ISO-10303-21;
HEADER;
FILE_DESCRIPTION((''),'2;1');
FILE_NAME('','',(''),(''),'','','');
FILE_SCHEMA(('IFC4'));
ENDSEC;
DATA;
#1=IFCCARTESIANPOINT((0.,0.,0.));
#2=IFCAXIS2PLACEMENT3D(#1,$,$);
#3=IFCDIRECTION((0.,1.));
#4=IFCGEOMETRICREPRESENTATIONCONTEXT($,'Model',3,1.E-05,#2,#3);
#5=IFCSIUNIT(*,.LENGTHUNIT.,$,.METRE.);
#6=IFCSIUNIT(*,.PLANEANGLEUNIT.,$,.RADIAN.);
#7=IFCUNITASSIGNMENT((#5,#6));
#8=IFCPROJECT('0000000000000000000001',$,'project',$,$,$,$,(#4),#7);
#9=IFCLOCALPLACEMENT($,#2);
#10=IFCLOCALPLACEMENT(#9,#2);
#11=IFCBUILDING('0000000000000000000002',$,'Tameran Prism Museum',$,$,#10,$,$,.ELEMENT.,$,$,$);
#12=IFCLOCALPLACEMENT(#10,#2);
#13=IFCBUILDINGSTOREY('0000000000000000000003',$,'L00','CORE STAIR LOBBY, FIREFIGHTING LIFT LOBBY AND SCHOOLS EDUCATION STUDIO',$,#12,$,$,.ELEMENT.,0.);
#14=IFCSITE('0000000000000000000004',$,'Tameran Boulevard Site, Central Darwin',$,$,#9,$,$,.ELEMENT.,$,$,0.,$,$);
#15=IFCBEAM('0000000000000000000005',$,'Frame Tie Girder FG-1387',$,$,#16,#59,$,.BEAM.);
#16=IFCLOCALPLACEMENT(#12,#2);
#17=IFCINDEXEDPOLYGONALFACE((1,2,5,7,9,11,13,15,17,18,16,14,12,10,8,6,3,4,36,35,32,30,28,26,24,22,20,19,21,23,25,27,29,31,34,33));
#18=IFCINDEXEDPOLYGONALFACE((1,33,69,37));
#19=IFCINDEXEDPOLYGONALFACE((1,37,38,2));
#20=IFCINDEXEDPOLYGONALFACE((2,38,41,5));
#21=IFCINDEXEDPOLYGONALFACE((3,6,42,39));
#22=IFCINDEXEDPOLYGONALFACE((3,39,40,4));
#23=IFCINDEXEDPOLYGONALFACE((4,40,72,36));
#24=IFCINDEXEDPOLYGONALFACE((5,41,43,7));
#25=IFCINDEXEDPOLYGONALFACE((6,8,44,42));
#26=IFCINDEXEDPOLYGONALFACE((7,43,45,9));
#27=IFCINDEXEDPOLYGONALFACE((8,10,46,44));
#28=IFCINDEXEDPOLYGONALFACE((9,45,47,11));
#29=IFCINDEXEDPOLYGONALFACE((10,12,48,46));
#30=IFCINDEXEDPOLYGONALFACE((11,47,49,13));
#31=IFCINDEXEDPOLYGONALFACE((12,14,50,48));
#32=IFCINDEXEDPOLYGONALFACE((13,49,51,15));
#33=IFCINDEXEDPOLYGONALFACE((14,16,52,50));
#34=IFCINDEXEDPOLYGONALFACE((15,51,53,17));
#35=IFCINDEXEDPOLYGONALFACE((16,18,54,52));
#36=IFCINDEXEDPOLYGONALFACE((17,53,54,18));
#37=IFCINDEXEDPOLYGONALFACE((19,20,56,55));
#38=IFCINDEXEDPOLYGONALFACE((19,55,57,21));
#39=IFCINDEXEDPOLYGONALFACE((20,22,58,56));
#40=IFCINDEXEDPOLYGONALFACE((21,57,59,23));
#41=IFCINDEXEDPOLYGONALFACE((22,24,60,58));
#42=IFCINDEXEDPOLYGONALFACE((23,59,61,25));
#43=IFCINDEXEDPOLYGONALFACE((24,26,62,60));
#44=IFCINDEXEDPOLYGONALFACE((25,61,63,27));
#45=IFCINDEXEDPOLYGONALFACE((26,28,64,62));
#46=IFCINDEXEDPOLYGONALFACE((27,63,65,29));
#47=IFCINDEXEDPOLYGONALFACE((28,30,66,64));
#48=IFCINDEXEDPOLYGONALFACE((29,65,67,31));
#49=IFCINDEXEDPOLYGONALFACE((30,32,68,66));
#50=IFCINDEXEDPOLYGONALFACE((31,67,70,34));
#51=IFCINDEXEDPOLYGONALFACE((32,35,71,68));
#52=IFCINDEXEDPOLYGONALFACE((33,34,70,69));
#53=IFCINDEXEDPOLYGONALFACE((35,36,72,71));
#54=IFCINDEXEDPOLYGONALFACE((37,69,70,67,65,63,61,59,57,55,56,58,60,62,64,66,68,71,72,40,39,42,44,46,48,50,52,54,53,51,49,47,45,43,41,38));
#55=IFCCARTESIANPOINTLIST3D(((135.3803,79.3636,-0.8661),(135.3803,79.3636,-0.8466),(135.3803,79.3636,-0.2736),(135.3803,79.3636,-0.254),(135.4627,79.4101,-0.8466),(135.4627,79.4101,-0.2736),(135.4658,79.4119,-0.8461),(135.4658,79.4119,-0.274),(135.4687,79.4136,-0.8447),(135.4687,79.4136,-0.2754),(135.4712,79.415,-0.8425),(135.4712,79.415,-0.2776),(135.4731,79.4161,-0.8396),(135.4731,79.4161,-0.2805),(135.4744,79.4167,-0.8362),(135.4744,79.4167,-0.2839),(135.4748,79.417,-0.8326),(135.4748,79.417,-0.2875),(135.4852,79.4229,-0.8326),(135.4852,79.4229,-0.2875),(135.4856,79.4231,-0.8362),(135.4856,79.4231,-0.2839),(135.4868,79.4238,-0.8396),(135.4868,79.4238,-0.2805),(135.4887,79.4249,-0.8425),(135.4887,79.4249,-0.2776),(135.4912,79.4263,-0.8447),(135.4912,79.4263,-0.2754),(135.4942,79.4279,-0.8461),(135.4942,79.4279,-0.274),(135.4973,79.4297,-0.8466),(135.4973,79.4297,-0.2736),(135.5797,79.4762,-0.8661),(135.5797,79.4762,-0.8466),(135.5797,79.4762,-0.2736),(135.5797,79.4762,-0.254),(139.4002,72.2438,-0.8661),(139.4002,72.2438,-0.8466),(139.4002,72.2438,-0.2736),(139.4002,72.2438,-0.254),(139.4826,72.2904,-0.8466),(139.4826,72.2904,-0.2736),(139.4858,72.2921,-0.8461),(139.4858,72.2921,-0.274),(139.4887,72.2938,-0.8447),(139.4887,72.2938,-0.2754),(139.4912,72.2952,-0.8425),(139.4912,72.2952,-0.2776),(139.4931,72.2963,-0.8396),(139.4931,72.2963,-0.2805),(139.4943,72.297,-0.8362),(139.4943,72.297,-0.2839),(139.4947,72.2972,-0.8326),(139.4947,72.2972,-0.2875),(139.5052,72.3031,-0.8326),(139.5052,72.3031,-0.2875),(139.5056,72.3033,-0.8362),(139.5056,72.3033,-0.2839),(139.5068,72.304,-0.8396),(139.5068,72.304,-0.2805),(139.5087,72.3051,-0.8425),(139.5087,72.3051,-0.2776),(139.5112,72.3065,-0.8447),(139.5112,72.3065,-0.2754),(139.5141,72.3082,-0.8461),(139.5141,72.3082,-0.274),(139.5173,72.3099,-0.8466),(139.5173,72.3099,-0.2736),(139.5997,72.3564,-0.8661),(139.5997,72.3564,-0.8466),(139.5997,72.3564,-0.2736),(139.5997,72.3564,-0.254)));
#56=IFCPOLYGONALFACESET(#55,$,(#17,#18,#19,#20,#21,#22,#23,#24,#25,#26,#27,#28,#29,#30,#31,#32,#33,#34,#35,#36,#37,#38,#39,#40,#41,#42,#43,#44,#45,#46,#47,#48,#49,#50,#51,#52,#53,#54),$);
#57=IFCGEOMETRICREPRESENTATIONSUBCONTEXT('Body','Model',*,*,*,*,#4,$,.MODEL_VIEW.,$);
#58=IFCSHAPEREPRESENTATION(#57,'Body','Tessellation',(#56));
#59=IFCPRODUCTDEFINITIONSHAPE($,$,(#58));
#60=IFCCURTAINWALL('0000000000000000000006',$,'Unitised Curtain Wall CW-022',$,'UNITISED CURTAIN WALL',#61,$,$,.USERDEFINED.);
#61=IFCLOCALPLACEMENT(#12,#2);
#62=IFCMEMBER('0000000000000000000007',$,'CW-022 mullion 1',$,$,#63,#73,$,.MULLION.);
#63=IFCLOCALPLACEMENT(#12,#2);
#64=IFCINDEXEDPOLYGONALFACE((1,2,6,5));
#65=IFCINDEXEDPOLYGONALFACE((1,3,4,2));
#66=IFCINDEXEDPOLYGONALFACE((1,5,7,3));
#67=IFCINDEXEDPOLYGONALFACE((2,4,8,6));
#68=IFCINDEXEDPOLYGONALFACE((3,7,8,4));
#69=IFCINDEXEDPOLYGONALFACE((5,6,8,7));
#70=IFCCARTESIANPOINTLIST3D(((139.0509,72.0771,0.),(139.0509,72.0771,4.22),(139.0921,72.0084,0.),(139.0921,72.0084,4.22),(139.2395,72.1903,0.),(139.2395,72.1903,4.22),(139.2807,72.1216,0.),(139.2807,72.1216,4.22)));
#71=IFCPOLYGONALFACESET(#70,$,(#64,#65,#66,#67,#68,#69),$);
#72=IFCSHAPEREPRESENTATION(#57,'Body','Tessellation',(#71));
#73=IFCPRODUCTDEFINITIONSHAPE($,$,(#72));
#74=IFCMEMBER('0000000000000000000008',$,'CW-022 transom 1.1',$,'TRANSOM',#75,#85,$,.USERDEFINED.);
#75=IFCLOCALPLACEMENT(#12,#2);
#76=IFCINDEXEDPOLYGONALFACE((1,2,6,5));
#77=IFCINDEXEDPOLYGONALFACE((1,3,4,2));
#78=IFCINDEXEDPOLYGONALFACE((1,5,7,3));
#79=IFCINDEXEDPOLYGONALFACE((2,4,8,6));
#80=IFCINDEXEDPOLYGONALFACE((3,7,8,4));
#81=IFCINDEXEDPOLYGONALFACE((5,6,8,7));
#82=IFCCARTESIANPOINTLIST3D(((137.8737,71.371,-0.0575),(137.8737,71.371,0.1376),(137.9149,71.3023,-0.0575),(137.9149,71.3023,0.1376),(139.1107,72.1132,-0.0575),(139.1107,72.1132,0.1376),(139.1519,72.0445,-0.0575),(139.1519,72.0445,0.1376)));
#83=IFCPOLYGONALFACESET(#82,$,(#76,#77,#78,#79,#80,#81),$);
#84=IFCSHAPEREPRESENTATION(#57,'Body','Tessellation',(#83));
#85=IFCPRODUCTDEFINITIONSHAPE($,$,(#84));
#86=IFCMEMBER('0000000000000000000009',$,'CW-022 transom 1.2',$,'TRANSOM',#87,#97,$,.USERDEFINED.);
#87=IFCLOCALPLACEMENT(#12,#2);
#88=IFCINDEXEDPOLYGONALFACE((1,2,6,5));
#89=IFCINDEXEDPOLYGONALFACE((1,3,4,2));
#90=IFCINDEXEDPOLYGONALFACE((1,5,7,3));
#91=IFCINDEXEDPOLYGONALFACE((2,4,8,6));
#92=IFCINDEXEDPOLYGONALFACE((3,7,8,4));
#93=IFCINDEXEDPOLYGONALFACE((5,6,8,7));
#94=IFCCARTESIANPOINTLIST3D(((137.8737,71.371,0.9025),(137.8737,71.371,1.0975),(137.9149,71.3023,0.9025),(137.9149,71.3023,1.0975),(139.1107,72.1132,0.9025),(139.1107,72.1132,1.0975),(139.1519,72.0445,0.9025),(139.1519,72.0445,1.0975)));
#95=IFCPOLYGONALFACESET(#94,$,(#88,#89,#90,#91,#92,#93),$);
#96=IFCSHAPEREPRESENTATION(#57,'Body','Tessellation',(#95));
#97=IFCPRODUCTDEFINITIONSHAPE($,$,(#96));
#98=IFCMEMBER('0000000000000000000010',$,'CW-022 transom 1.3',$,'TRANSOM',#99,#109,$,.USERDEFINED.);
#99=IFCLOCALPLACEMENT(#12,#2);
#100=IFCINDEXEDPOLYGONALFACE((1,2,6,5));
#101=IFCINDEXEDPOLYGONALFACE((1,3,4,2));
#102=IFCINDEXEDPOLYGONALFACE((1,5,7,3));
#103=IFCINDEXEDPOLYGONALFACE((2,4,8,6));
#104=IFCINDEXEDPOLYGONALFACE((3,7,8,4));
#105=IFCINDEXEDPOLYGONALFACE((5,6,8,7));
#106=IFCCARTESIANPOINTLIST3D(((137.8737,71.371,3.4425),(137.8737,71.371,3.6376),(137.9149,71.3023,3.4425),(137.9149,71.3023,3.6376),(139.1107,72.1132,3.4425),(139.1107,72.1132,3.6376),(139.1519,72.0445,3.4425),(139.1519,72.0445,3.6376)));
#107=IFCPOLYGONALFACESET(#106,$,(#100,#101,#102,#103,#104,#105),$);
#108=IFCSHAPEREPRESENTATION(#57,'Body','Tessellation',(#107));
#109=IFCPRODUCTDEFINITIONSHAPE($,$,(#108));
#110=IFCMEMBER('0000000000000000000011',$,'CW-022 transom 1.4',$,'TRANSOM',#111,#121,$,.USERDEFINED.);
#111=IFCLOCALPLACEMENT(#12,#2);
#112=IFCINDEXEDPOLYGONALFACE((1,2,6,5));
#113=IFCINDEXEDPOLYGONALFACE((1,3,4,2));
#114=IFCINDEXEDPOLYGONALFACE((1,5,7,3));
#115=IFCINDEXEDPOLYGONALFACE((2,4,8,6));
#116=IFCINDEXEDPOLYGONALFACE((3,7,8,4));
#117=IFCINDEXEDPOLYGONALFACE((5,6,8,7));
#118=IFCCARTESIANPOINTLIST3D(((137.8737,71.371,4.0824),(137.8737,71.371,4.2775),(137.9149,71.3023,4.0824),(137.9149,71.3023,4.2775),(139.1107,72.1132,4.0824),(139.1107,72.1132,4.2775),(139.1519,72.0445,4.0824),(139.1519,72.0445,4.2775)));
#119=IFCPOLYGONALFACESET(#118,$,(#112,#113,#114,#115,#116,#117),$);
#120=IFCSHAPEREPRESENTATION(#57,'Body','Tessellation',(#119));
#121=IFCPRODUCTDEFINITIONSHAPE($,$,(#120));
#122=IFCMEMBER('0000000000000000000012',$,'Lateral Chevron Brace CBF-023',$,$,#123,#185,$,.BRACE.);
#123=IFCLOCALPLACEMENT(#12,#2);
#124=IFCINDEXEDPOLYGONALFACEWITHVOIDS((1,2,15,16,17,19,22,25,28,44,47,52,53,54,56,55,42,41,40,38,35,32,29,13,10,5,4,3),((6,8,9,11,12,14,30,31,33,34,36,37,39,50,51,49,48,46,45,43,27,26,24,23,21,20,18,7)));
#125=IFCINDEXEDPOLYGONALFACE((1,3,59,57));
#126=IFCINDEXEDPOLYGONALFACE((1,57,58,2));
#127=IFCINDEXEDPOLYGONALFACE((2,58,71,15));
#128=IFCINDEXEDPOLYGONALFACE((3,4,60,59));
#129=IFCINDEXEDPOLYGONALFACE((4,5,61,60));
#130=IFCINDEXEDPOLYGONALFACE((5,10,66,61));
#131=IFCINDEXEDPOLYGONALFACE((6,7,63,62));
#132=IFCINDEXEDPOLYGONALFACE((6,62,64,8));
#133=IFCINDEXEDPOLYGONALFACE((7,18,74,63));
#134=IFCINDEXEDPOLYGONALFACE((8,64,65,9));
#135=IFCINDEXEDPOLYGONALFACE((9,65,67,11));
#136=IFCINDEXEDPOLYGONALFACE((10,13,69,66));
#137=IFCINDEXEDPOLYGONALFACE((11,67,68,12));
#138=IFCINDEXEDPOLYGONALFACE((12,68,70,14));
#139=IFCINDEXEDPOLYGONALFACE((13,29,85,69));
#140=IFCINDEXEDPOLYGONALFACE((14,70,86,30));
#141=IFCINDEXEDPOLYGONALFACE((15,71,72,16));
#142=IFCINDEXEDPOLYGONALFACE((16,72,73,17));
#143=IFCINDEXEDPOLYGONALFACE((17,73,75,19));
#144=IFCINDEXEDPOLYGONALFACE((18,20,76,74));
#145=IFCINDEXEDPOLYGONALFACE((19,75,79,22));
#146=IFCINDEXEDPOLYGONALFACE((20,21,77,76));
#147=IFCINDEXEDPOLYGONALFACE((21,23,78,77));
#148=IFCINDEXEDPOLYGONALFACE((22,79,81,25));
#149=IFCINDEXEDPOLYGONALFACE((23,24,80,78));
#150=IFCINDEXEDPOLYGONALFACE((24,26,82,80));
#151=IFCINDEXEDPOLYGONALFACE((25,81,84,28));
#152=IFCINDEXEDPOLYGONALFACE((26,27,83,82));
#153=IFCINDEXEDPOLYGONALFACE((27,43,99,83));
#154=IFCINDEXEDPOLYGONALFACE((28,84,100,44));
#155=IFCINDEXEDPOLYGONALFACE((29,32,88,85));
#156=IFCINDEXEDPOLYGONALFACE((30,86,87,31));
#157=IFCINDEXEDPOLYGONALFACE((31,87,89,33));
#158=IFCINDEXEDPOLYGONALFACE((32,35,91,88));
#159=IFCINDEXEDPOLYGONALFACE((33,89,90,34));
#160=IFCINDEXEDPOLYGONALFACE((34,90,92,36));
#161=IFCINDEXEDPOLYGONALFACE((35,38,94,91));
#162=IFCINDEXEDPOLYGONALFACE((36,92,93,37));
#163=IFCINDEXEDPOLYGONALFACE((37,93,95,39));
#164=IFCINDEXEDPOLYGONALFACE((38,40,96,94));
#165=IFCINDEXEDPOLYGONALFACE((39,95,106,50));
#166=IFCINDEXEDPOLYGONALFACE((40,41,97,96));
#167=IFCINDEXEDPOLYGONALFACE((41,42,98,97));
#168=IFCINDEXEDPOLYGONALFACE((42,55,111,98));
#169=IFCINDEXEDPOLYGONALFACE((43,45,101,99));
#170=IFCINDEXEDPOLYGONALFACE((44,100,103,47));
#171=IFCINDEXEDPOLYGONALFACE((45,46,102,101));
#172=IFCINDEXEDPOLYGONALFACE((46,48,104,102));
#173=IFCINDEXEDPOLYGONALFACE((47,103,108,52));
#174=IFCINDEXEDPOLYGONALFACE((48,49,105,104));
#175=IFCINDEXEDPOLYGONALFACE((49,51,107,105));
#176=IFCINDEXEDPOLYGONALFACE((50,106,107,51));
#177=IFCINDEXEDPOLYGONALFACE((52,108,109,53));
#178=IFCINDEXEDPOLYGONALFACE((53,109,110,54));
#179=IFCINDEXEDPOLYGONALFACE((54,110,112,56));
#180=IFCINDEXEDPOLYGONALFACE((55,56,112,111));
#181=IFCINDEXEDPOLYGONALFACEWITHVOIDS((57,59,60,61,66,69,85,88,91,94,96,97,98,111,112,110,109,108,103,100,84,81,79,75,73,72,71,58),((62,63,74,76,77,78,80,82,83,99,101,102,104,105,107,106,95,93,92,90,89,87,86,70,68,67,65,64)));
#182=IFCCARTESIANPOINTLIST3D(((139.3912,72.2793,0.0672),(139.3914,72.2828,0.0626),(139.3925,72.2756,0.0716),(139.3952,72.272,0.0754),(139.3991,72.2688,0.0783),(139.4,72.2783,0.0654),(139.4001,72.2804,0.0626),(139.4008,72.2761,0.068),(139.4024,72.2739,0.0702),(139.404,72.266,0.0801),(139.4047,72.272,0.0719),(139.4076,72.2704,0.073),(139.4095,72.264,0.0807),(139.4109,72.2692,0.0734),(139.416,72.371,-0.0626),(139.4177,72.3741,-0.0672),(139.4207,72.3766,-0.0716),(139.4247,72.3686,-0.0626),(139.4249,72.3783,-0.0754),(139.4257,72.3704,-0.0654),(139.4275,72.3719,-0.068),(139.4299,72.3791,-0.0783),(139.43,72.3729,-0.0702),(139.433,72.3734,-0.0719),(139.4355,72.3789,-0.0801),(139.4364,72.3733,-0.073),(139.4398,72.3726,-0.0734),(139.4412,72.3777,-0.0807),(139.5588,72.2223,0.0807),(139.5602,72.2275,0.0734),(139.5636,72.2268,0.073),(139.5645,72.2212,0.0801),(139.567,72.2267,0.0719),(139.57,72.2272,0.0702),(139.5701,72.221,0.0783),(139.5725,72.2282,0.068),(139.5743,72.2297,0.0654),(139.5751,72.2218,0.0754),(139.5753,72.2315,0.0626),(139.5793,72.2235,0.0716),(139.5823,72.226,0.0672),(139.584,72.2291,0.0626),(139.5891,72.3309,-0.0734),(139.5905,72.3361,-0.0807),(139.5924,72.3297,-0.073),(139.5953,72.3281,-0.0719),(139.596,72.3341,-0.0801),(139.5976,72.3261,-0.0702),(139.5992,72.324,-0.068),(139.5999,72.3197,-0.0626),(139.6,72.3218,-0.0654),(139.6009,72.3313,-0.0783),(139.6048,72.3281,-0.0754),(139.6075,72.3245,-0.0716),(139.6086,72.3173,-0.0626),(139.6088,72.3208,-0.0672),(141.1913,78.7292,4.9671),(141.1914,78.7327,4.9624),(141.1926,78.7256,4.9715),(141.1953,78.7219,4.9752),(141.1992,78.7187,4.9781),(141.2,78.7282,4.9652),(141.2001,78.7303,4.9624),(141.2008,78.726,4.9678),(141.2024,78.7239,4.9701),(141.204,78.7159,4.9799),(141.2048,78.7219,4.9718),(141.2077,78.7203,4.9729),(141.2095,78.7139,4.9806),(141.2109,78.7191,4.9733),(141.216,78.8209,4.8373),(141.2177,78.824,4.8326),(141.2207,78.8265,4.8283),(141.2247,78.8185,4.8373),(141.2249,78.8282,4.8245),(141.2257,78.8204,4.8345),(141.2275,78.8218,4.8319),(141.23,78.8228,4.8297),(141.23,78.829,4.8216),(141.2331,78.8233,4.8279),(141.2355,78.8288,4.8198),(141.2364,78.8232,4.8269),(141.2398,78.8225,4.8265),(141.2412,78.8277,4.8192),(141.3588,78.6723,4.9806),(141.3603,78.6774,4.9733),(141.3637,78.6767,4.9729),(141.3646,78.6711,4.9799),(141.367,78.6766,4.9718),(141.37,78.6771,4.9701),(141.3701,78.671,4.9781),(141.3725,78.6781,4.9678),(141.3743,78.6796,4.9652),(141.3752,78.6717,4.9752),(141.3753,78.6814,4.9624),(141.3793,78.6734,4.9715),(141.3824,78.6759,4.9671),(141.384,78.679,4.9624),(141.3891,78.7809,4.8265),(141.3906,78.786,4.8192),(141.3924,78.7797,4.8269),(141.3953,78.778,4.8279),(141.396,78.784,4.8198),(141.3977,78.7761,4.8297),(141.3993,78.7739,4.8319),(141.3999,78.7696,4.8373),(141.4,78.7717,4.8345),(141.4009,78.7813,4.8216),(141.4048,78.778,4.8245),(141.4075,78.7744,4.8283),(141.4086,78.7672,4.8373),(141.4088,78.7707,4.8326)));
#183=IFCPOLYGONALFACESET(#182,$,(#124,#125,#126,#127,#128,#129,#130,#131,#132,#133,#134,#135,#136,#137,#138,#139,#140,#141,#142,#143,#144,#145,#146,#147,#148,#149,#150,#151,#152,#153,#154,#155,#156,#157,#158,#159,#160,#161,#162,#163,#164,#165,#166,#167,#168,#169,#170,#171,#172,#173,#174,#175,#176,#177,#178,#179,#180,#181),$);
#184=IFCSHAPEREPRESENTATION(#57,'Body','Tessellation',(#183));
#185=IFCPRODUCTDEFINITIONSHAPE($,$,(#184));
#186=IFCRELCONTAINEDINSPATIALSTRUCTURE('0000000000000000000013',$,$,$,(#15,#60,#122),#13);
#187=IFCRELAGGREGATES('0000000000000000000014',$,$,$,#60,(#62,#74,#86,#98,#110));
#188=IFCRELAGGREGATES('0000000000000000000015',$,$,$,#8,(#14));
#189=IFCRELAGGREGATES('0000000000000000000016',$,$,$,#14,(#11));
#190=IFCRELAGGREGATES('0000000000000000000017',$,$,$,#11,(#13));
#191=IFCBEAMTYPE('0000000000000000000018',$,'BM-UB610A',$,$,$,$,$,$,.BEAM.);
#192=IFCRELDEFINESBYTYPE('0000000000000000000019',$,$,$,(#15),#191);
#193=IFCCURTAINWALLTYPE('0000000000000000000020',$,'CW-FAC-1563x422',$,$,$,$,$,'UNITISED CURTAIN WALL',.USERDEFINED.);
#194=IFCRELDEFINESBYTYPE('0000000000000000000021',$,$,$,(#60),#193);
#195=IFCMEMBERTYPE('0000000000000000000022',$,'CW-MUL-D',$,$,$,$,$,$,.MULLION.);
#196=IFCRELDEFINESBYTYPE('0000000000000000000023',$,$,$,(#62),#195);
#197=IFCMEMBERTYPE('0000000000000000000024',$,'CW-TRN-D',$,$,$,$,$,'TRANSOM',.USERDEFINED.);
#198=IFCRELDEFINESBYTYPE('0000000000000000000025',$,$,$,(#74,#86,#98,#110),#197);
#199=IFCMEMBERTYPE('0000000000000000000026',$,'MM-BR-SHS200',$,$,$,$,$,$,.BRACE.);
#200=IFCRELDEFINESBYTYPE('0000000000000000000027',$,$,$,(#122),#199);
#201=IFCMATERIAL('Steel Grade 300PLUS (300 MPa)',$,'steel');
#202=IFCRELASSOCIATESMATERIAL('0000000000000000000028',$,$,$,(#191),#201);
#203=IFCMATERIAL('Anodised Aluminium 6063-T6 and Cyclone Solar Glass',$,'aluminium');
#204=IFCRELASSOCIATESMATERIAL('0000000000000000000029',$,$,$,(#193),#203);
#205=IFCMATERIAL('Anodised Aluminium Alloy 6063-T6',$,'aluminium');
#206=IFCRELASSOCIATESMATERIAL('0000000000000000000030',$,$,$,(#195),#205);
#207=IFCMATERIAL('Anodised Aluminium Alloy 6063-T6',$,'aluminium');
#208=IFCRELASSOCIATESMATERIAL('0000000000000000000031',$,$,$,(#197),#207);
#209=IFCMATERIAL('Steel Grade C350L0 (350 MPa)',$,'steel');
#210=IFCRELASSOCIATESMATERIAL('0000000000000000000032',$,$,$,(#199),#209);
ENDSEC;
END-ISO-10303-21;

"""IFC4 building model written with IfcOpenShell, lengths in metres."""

from ifc_helpers import new_model, si_unit, direction, frame, origin, origin_2d, place, context, subcontext, project, spatial, rectangle, hollow_rectangle, i_section, extrude, material, material_profile, profile_set, type_object, element, aggregate, save


model = new_model("IFC4")

# Units and contexts
model_context = context("Model", 3, precision=1e-05, world=origin(), true_north=direction((0.0, 1.0)))
body_context = subcontext(model_context, "Body", "Model", "MODEL_VIEW")
ifc_project = project(units=[si_unit("LENGTHUNIT", "METRE"), si_unit("PLANEANGLEUNIT", "RADIAN")], contexts=[model_context])

# Site, building, storey
site_placement = place(None, origin())
site = spatial("IfcSite", under=ifc_project, at=site_placement, Name="Tameran Boulevard Site, Central Darwin", CompositionType="ELEMENT", RefElevation=0.0)
building_placement = place(site_placement, origin())
building = spatial("IfcBuilding", under=site, at=building_placement, Name="Tameran Prism Museum", CompositionType="ELEMENT")
storey_placement = place(building_placement, origin())
storey = spatial("IfcBuildingStorey", under=building, at=storey_placement, Name="L00", Description="CORE STAIR LOBBY, FIREFIGHTING LIFT LOBBY AND SCHOOLS EDUCATION STUDIO", CompositionType="ELEMENT", Elevation=0.0)

# Beam
ifc_material_1 = material(Name="Steel Grade 300PLUS (300 MPa)", Category="steel")
ifc_material_profile_1 = material_profile(ifc_material_1, i_section(OverallWidth=0.229, OverallDepth=0.6121, WebThickness=0.012, FlangeThickness=0.0195, FilletRadius=0.0139, at=origin_2d()))
ifc_profile_set_1 = profile_set([ifc_material_profile_1])
beam_type_1 = type_object("IfcBeamType", Name="BM-UB610A", PredefinedType="BEAM", material=ifc_profile_set_1)
beam_1_placement = place(storey_placement, frame((135.48, 79.4199, -0.5601), z_axis=(0.491663, -0.870786, 0.0), x_axis=(0.870786, 0.491663, 0.0)))
element("IfcBeam", 1, at=beam_1_placement, inside=storey, type_object=beam_type_1, Name="Frame Tie Girder FG-1387", PredefinedType="BEAM", context=body_context, shape_type="SweptSolid", body=[
    extrude(i_section(OverallWidth=0.229, OverallDepth=0.6121, WebThickness=0.012, FlangeThickness=0.0195, FilletRadius=0.0139, at=origin_2d()), origin(), (0.0, 0.0, 1.0), 8.1763),
])

# Curtain wall, members
ifc_material_2 = material(Name="Anodised Aluminium 6063-T6 and Cyclone Solar Glass", Category="aluminium")
curtain_wall_type = type_object("IfcCurtainWallType", Name="CW-FAC-1563x422", ElementType="UNITISED CURTAIN WALL", PredefinedType="USERDEFINED", material=ifc_material_2)
curtain_wall_placement = place(storey_placement, origin())
curtain_wall = element("IfcCurtainWall", 2, at=curtain_wall_placement, inside=storey, type_object=curtain_wall_type, Name="Unitised Curtain Wall CW-022", ObjectType="UNITISED CURTAIN WALL", PredefinedType="USERDEFINED")
ifc_material_3 = material(Name="Anodised Aluminium Alloy 6063-T6", Category="aluminium")
ifc_material_profile_2 = material_profile(ifc_material_3, rectangle(XDim=0.0801, YDim=0.22, at=origin_2d()))
ifc_profile_set_2 = profile_set([ifc_material_profile_2])
member_type_1 = type_object("IfcMemberType", Name="CW-MUL-D", PredefinedType="MULLION", material=ifc_profile_set_2)
member_1_placement = place(storey_placement, frame((139.1658, 72.0994, 0.0), z_axis=(0.0, 0.0, 1.0), x_axis=(0.514496, -0.857493, 0.0)))
member_1 = element("IfcMember", 3, at=member_1_placement, type_object=member_type_1, Name="CW-022 mullion 1", PredefinedType="MULLION", context=body_context, shape_type="SweptSolid", body=[
    extrude(rectangle(XDim=0.0801, YDim=0.22, at=origin_2d()), origin(), (0.0, 0.0, 1.0), 4.22),
])
ifc_material_4 = material(Name="Anodised Aluminium Alloy 6063-T6", Category="aluminium")
ifc_material_profile_3 = material_profile(ifc_material_4, rectangle(XDim=0.0801, YDim=0.1951, at=origin_2d()))
ifc_profile_set_3 = profile_set([ifc_material_profile_3])
member_type_2 = type_object("IfcMemberType", Name="CW-TRN-D", ElementType="TRANSOM", PredefinedType="USERDEFINED", material=ifc_profile_set_3)
member_2_placement = place(storey_placement, frame((139.1313, 72.0789, 0.04), z_axis=(-0.857508, -0.514471, 0.0), x_axis=(0.514471, -0.857508, 0.0)))
member_2 = element("IfcMember", 4, at=member_2_placement, type_object=member_type_2, Name="CW-022 transom 1.1", ObjectType="TRANSOM", PredefinedType="USERDEFINED", context=body_context, shape_type="SweptSolid", body=[
    extrude(rectangle(XDim=0.0801, YDim=0.1951, at=origin_2d()), origin(), (0.0, 0.0, 1.0), 1.4426),
])
member_3_placement = place(storey_placement, frame((139.1313, 72.0789, 1.0), z_axis=(-0.857508, -0.514471, 0.0), x_axis=(0.514471, -0.857508, 0.0)))
member_3 = element("IfcMember", 5, at=member_3_placement, type_object=member_type_2, Name="CW-022 transom 1.2", ObjectType="TRANSOM", PredefinedType="USERDEFINED", context=body_context, shape_type="SweptSolid", body=[
    extrude(rectangle(XDim=0.0801, YDim=0.1951, at=origin_2d()), origin(), (0.0, 0.0, 1.0), 1.4426),
])
member_4_placement = place(storey_placement, frame((139.1313, 72.0789, 3.54), z_axis=(-0.857508, -0.514471, 0.0), x_axis=(0.514471, -0.857508, 0.0)))
member_4 = element("IfcMember", 6, at=member_4_placement, type_object=member_type_2, Name="CW-022 transom 1.3", ObjectType="TRANSOM", PredefinedType="USERDEFINED", context=body_context, shape_type="SweptSolid", body=[
    extrude(rectangle(XDim=0.0801, YDim=0.1951, at=origin_2d()), origin(), (0.0, 0.0, 1.0), 1.4426),
])
member_5_placement = place(storey_placement, frame((139.1313, 72.0789, 4.1799), z_axis=(-0.857508, -0.514471, 0.0), x_axis=(0.514471, -0.857508, 0.0)))
member_5 = element("IfcMember", 7, at=member_5_placement, type_object=member_type_2, Name="CW-022 transom 1.4", ObjectType="TRANSOM", PredefinedType="USERDEFINED", context=body_context, shape_type="SweptSolid", body=[
    extrude(rectangle(XDim=0.0801, YDim=0.1951, at=origin_2d()), origin(), (0.0, 0.0, 1.0), 1.4426),
])

# Member
ifc_material_5 = material(Name="Steel Grade C350L0 (350 MPa)", Category="steel")
ifc_material_profile_4 = material_profile(ifc_material_5, hollow_rectangle(XDim=0.2, YDim=0.2, WallThickness=0.009, InnerFilletRadius=0.0134, OuterFilletRadius=0.0225, at=origin_2d()))
ifc_profile_set_4 = profile_set([ifc_material_profile_4])
member_type_3 = type_object("IfcMemberType", Name="MM-BR-SHS200", PredefinedType="BRACE", material=ifc_profile_set_4)
for number, where, z_axis, x_axis, name in (
    (8, (139.5, 72.3, 0.0), (0.216935, 0.777322, 0.590516), (-0.963194, 0.268808, 0.0), "Lateral Chevron Brace CBF-023"),
):
    element("IfcMember", number, at=place(storey_placement, frame(where, z_axis=z_axis, x_axis=x_axis)), inside=storey, type_object=member_type_3, Name=name, PredefinedType="BRACE", context=body_context, shape_type="SweptSolid", body=[
        extrude(hollow_rectangle(XDim=0.2, YDim=0.2, WallThickness=0.009, InnerFilletRadius=0.0134, OuterFilletRadius=0.0225, at=origin_2d()), origin(), (0.0, 0.0, 1.0), 8.2976),
    ])

aggregate(curtain_wall, [member_1, member_2, member_3, member_4, member_5])

save(model, "model.ifc")
